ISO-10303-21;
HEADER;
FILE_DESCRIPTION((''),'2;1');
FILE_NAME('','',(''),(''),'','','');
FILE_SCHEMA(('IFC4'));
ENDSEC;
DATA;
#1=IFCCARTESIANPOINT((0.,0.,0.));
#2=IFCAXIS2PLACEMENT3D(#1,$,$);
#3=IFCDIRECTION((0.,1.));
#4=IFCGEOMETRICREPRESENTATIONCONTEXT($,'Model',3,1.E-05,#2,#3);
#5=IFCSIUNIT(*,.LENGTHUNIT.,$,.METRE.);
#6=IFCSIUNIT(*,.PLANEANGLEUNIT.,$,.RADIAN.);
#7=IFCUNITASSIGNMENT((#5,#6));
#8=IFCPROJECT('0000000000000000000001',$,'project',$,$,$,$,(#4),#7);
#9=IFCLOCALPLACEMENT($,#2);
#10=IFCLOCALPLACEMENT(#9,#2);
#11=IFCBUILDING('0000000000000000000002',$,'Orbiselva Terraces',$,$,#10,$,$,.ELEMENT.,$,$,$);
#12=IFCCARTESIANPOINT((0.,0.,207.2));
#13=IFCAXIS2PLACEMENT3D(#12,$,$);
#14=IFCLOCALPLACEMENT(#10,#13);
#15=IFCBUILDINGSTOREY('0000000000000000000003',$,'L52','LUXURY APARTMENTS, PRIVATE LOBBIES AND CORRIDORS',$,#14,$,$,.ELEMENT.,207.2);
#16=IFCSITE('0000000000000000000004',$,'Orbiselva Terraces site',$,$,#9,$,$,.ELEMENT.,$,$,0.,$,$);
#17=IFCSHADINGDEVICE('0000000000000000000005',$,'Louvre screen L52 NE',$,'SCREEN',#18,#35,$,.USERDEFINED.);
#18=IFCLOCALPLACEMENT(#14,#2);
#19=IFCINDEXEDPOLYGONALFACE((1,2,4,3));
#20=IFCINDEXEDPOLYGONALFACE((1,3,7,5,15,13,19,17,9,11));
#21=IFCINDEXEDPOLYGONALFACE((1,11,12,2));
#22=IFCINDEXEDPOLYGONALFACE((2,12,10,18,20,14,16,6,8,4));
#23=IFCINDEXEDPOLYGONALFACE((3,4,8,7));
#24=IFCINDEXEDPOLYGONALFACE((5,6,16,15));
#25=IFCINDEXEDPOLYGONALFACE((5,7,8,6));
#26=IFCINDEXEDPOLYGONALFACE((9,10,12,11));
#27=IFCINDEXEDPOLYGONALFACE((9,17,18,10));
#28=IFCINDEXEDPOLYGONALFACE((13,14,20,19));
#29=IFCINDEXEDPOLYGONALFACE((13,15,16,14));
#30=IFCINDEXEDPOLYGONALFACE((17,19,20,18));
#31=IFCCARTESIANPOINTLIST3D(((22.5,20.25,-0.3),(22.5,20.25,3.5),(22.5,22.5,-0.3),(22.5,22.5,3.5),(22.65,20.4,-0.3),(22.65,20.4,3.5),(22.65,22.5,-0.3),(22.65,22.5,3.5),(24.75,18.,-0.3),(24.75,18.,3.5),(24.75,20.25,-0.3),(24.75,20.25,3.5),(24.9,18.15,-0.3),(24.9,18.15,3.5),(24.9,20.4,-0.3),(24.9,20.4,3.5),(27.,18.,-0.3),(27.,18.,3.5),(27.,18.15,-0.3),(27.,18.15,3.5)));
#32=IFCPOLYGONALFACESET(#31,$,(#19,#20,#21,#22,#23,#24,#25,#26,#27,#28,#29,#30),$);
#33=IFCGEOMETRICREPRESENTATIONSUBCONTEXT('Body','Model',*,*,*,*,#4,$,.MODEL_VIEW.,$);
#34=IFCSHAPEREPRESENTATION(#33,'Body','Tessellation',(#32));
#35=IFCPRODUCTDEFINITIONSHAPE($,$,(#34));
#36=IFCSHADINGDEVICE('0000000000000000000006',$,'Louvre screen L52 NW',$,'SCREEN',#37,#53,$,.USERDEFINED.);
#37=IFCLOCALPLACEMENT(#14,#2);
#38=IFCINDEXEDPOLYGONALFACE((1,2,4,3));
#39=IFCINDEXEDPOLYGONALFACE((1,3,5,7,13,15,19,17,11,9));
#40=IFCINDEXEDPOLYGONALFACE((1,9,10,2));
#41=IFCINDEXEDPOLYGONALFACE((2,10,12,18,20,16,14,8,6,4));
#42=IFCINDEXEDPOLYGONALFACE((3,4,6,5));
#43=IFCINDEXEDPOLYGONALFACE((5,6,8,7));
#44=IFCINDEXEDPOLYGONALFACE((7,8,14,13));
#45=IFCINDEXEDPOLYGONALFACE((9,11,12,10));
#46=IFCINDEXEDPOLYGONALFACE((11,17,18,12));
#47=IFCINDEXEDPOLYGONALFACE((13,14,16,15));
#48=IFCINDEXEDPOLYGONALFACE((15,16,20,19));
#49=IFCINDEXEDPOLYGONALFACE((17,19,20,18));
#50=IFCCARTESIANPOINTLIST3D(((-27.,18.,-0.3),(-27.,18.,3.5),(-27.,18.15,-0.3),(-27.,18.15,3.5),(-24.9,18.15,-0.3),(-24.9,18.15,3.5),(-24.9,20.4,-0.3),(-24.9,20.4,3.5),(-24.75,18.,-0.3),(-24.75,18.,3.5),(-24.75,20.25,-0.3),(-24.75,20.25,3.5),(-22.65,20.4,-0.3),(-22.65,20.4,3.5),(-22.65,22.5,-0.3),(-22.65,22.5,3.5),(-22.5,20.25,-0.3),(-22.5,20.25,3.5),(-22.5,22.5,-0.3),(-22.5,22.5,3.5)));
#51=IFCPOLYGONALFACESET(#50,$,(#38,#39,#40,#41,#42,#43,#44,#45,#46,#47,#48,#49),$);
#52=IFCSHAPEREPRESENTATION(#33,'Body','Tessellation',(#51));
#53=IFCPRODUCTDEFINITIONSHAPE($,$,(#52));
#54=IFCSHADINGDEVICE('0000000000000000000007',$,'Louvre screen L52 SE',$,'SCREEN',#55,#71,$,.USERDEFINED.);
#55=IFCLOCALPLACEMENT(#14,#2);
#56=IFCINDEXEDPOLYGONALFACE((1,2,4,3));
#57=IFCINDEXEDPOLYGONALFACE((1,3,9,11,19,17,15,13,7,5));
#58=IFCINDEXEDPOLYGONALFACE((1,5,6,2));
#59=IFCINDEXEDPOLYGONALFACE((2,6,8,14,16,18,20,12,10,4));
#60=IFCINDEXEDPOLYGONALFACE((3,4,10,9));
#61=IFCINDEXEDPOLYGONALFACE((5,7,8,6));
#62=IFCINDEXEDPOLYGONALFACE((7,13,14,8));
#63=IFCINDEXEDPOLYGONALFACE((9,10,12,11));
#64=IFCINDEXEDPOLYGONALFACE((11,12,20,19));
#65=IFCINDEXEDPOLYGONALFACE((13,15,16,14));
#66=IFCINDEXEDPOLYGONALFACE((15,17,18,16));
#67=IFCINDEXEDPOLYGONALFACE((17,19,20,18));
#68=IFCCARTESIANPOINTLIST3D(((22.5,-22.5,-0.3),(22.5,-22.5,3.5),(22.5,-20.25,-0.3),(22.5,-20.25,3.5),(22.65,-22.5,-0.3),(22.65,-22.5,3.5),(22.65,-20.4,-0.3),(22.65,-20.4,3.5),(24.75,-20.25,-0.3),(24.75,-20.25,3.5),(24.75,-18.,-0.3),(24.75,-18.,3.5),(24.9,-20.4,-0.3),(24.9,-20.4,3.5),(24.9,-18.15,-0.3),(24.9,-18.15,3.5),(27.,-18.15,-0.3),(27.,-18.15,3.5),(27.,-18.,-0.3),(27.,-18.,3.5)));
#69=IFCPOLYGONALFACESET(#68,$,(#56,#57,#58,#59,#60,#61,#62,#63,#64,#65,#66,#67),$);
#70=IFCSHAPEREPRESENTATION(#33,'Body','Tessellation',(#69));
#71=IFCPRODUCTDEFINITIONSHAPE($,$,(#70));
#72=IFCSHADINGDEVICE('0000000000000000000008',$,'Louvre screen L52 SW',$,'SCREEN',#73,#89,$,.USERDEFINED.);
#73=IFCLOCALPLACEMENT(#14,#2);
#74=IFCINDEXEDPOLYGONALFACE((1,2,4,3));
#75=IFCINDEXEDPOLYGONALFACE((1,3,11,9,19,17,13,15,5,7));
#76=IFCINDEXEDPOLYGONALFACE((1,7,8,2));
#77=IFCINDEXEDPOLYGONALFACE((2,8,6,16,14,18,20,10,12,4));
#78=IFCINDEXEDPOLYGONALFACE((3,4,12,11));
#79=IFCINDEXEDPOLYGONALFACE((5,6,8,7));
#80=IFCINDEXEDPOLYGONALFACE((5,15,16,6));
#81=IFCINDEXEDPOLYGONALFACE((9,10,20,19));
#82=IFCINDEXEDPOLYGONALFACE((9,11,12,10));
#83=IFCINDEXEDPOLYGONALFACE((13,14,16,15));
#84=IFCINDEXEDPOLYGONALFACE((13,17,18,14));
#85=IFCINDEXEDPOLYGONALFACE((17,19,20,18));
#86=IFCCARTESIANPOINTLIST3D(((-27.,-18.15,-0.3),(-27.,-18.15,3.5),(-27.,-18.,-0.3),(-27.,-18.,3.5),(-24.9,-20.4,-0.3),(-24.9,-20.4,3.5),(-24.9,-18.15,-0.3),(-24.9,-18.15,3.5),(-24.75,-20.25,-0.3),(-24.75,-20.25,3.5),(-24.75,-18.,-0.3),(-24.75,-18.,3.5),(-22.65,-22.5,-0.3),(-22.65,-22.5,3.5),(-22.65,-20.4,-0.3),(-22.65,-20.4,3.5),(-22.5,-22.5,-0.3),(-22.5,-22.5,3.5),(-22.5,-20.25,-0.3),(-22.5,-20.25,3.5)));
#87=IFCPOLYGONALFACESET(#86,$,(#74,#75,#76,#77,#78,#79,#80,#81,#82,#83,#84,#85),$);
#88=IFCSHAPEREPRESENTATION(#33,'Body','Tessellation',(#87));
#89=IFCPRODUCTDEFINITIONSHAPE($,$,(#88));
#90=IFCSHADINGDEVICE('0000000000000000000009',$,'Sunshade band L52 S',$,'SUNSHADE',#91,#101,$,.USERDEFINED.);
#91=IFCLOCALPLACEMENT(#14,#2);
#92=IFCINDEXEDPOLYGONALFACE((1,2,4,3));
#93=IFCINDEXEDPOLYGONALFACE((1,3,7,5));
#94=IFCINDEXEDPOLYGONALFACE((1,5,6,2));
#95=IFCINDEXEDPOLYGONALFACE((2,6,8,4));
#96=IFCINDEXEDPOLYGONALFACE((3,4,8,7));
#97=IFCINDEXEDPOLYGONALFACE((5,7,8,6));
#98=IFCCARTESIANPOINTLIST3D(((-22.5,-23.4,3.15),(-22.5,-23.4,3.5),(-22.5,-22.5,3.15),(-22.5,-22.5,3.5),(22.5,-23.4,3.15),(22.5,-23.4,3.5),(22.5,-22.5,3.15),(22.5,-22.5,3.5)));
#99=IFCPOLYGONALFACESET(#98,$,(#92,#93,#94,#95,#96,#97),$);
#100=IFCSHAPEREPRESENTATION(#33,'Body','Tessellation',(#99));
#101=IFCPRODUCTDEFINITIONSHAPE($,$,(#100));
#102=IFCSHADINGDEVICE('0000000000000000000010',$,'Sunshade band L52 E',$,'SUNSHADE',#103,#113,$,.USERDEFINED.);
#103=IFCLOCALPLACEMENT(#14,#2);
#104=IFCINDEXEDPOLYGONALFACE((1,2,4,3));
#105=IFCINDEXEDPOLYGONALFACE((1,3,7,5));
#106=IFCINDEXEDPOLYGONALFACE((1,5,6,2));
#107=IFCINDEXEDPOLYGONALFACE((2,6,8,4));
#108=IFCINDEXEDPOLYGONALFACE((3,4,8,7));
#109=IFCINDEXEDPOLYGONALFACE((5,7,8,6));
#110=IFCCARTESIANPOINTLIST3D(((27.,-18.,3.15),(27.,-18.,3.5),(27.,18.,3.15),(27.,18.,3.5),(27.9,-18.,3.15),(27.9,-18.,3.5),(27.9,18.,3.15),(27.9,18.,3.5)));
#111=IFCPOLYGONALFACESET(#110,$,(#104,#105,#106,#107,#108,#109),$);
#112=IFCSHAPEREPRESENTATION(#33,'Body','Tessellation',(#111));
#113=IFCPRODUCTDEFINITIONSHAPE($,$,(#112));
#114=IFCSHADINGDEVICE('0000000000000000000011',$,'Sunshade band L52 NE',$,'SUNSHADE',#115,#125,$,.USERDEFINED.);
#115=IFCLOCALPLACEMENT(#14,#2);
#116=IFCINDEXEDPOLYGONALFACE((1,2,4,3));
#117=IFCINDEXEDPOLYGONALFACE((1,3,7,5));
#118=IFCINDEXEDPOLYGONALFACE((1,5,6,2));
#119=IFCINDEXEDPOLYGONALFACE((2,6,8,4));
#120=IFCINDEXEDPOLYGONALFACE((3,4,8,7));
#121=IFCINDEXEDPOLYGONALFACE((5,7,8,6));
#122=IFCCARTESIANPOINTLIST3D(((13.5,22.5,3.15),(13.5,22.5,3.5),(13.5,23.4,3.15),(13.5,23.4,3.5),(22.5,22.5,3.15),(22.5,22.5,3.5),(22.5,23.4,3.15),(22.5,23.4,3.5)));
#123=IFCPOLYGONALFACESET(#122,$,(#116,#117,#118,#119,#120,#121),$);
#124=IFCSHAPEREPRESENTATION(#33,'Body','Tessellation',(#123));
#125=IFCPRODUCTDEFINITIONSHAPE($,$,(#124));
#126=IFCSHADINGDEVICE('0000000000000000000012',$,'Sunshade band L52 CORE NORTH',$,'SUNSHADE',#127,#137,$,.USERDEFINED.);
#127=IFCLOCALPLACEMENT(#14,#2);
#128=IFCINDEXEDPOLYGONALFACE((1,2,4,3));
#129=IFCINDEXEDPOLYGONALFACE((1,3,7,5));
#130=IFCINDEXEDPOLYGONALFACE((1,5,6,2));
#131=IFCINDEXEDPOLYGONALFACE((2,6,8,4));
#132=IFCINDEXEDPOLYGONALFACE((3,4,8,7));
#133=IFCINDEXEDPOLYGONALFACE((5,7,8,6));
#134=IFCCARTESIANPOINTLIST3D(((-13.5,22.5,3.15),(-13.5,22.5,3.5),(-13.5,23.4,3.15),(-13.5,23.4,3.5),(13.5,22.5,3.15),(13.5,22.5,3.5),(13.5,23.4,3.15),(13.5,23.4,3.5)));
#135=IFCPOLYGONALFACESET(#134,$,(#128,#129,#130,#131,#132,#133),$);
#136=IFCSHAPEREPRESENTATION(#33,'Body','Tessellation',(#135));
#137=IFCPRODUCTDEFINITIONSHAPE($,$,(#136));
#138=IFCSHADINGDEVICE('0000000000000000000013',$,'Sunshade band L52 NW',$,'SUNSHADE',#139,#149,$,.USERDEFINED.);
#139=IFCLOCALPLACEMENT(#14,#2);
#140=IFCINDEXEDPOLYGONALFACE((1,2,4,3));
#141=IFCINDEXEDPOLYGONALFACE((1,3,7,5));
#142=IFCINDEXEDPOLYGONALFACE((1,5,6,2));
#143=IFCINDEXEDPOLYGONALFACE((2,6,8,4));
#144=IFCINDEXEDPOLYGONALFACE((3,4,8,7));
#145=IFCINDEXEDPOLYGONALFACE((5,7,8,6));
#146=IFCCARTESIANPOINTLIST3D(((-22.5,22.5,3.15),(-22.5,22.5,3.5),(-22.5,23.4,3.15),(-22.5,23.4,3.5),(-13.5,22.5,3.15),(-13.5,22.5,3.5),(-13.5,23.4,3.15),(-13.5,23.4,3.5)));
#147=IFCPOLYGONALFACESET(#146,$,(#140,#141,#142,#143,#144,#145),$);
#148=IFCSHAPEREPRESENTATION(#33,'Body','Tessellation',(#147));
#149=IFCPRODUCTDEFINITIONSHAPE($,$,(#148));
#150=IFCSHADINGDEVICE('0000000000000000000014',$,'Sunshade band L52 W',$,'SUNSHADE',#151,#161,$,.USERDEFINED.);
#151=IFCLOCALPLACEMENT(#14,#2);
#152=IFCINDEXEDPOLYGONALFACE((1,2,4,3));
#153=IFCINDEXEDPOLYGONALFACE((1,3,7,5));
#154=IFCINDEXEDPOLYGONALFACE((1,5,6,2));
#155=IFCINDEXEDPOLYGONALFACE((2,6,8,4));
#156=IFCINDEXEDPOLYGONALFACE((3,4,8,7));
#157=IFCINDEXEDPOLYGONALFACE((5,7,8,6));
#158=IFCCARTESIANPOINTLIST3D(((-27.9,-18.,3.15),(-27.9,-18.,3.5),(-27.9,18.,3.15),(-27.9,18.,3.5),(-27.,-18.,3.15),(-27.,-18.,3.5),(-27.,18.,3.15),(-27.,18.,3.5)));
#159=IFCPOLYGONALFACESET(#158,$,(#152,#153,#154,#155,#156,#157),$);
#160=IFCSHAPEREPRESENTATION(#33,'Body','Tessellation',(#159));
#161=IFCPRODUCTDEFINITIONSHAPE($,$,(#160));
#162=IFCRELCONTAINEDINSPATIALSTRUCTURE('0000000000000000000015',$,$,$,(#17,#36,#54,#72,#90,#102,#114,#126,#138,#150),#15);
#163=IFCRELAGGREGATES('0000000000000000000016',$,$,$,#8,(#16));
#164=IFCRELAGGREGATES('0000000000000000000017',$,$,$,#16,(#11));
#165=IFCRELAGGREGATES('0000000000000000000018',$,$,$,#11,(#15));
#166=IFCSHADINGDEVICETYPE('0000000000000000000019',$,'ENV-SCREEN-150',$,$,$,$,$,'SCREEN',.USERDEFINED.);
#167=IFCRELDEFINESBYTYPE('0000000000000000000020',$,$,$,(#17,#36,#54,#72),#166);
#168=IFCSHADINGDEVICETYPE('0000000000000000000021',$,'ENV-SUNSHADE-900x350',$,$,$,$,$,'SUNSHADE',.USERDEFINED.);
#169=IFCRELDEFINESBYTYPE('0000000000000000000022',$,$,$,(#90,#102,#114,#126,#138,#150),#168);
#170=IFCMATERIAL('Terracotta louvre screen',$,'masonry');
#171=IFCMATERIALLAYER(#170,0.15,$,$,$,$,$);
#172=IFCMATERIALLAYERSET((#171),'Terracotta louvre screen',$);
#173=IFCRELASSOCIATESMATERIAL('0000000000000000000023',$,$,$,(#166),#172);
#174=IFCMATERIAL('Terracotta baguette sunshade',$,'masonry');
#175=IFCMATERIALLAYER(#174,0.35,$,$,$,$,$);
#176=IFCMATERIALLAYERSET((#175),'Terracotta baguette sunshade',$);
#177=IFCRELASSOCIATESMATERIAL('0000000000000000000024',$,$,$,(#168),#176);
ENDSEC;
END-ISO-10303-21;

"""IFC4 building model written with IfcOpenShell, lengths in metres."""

from ifc_helpers import new_model, si_unit, direction, frame, origin, place, context, subcontext, project, spatial, polyline, outline, extrude, material, layer, layer_set, type_object, element, save


model = new_model("IFC4")

# Units and contexts
model_context = context("Model", 3, precision=1e-05, world=origin(), true_north=direction((0.0, 1.0)))
body_context = subcontext(model_context, "Body", "Model", "MODEL_VIEW")
ifc_project = project(units=[si_unit("LENGTHUNIT", "METRE"), si_unit("PLANEANGLEUNIT", "RADIAN")], contexts=[model_context])

# Site, building, storey
site_placement = place(None, origin())
site = spatial("IfcSite", under=ifc_project, at=site_placement, Name="Orbiselva Terraces site", CompositionType="ELEMENT", RefElevation=0.0)
building_placement = place(site_placement, origin())
building = spatial("IfcBuilding", under=site, at=building_placement, Name="Orbiselva Terraces", CompositionType="ELEMENT")
storey_placement = place(building_placement, frame((0.0, 0.0, 207.2)))
storey = spatial("IfcBuildingStorey", under=building, at=storey_placement, Name="L52", Description="LUXURY APARTMENTS, PRIVATE LOBBIES AND CORRIDORS", CompositionType="ELEMENT", Elevation=207.2)

# Shading devices
ifc_material_1 = material(Name="Terracotta louvre screen", Category="masonry")
ifc_layer_1 = layer(ifc_material_1, 0.15)
ifc_layer_set_1 = layer_set([ifc_layer_1], Name="Terracotta louvre screen")
shading_device_type_1 = type_object("IfcShadingDeviceType", Name="ENV-SCREEN-150", ElementType="SCREEN", PredefinedType="USERDEFINED", material=ifc_layer_set_1)
shading_device_1_placement = place(storey_placement, frame((0.0, 0.0, -0.3)))
element("IfcShadingDevice", 1, at=shading_device_1_placement, inside=storey, type_object=shading_device_type_1, Name="Louvre screen L52 NE", ObjectType="SCREEN", PredefinedType="USERDEFINED", context=body_context, shape_type="SweptSolid", body=[
    extrude(outline(polyline([(27.0, 18.15), (24.9, 18.15), (24.9, 20.4), (22.65, 20.4), (22.65, 22.5), (22.5, 22.5), (22.5, 20.25), (24.75, 20.25), (24.75, 18.0), (27.0, 18.0), (27.0, 18.15)])), origin(), (0.0, 0.0, 1.0), 3.8),
])
shading_device_2_placement = place(storey_placement, frame((0.0, 0.0, -0.3)))
element("IfcShadingDevice", 2, at=shading_device_2_placement, inside=storey, type_object=shading_device_type_1, Name="Louvre screen L52 NW", ObjectType="SCREEN", PredefinedType="USERDEFINED", context=body_context, shape_type="SweptSolid", body=[
    extrude(outline(polyline([(-22.65, 22.5), (-22.65, 20.4), (-24.9, 20.4), (-24.9, 18.15), (-27.0, 18.15), (-27.0, 18.0), (-24.75, 18.0), (-24.75, 20.25), (-22.5, 20.25), (-22.5, 22.5), (-22.65, 22.5)])), origin(), (0.0, 0.0, 1.0), 3.8),
])
shading_device_3_placement = place(storey_placement, frame((0.0, 0.0, -0.3)))
element("IfcShadingDevice", 3, at=shading_device_3_placement, inside=storey, type_object=shading_device_type_1, Name="Louvre screen L52 SE", ObjectType="SCREEN", PredefinedType="USERDEFINED", context=body_context, shape_type="SweptSolid", body=[
    extrude(outline(polyline([(22.65, -22.5), (22.65, -20.4), (24.9, -20.4), (24.9, -18.15), (27.0, -18.15), (27.0, -18.0), (24.75, -18.0), (24.75, -20.25), (22.5, -20.25), (22.5, -22.5), (22.65, -22.5)])), origin(), (0.0, 0.0, 1.0), 3.8),
])
shading_device_4_placement = place(storey_placement, frame((0.0, 0.0, -0.3)))
element("IfcShadingDevice", 4, at=shading_device_4_placement, inside=storey, type_object=shading_device_type_1, Name="Louvre screen L52 SW", ObjectType="SCREEN", PredefinedType="USERDEFINED", context=body_context, shape_type="SweptSolid", body=[
    extrude(outline(polyline([(-27.0, -18.15), (-24.9, -18.15), (-24.9, -20.4), (-22.65, -20.4), (-22.65, -22.5), (-22.5, -22.5), (-22.5, -20.25), (-24.75, -20.25), (-24.75, -18.0), (-27.0, -18.0), (-27.0, -18.15)])), origin(), (0.0, 0.0, 1.0), 3.8),
])
ifc_material_2 = material(Name="Terracotta baguette sunshade", Category="masonry")
ifc_layer_2 = layer(ifc_material_2, 0.35)
ifc_layer_set_2 = layer_set([ifc_layer_2], Name="Terracotta baguette sunshade")
shading_device_type_2 = type_object("IfcShadingDeviceType", Name="ENV-SUNSHADE-900x350", ElementType="SUNSHADE", PredefinedType="USERDEFINED", material=ifc_layer_set_2)
shading_device_5_placement = place(storey_placement, frame((0.0, 0.0, 3.15)))
element("IfcShadingDevice", 5, at=shading_device_5_placement, inside=storey, type_object=shading_device_type_2, Name="Sunshade band L52 S", ObjectType="SUNSHADE", PredefinedType="USERDEFINED", context=body_context, shape_type="SweptSolid", body=[
    extrude(outline(polyline([(-22.5, -23.4), (22.5, -23.4), (22.5, -22.5), (-22.5, -22.5), (-22.5, -23.4)])), origin(), (0.0, 0.0, 1.0), 0.35),
])
shading_device_6_placement = place(storey_placement, frame((0.0, 0.0, 3.15)))
element("IfcShadingDevice", 6, at=shading_device_6_placement, inside=storey, type_object=shading_device_type_2, Name="Sunshade band L52 E", ObjectType="SUNSHADE", PredefinedType="USERDEFINED", context=body_context, shape_type="SweptSolid", body=[
    extrude(outline(polyline([(27.9, -18.0), (27.9, 18.0), (27.0, 18.0), (27.0, -18.0), (27.9, -18.0)])), origin(), (0.0, 0.0, 1.0), 0.35),
])
shading_device_7_placement = place(storey_placement, frame((0.0, 0.0, 3.15)))
element("IfcShadingDevice", 7, at=shading_device_7_placement, inside=storey, type_object=shading_device_type_2, Name="Sunshade band L52 NE", ObjectType="SUNSHADE", PredefinedType="USERDEFINED", context=body_context, shape_type="SweptSolid", body=[
    extrude(outline(polyline([(22.5, 23.4), (13.5, 23.4), (13.5, 22.5), (22.5, 22.5), (22.5, 23.4)])), origin(), (0.0, 0.0, 1.0), 0.35),
])
shading_device_8_placement = place(storey_placement, frame((0.0, 0.0, 3.15)))
element("IfcShadingDevice", 8, at=shading_device_8_placement, inside=storey, type_object=shading_device_type_2, Name="Sunshade band L52 CORE NORTH", ObjectType="SUNSHADE", PredefinedType="USERDEFINED", context=body_context, shape_type="SweptSolid", body=[
    extrude(outline(polyline([(13.5, 23.4), (-13.5, 23.4), (-13.5, 22.5), (13.5, 22.5), (13.5, 23.4)])), origin(), (0.0, 0.0, 1.0), 0.35),
])
shading_device_9_placement = place(storey_placement, frame((0.0, 0.0, 3.15)))
element("IfcShadingDevice", 9, at=shading_device_9_placement, inside=storey, type_object=shading_device_type_2, Name="Sunshade band L52 NW", ObjectType="SUNSHADE", PredefinedType="USERDEFINED", context=body_context, shape_type="SweptSolid", body=[
    extrude(outline(polyline([(-13.5, 23.4), (-22.5, 23.4), (-22.5, 22.5), (-13.5, 22.5), (-13.5, 23.4)])), origin(), (0.0, 0.0, 1.0), 0.35),
])
shading_device_10_placement = place(storey_placement, frame((0.0, 0.0, 3.15)))
element("IfcShadingDevice", 10, at=shading_device_10_placement, inside=storey, type_object=shading_device_type_2, Name="Sunshade band L52 W", ObjectType="SUNSHADE", PredefinedType="USERDEFINED", context=body_context, shape_type="SweptSolid", body=[
    extrude(outline(polyline([(-27.9, 18.0), (-27.9, -18.0), (-27.0, -18.0), (-27.0, 18.0), (-27.9, 18.0)])), origin(), (0.0, 0.0, 1.0), 0.35),
])

save(model, "model.ifc")
